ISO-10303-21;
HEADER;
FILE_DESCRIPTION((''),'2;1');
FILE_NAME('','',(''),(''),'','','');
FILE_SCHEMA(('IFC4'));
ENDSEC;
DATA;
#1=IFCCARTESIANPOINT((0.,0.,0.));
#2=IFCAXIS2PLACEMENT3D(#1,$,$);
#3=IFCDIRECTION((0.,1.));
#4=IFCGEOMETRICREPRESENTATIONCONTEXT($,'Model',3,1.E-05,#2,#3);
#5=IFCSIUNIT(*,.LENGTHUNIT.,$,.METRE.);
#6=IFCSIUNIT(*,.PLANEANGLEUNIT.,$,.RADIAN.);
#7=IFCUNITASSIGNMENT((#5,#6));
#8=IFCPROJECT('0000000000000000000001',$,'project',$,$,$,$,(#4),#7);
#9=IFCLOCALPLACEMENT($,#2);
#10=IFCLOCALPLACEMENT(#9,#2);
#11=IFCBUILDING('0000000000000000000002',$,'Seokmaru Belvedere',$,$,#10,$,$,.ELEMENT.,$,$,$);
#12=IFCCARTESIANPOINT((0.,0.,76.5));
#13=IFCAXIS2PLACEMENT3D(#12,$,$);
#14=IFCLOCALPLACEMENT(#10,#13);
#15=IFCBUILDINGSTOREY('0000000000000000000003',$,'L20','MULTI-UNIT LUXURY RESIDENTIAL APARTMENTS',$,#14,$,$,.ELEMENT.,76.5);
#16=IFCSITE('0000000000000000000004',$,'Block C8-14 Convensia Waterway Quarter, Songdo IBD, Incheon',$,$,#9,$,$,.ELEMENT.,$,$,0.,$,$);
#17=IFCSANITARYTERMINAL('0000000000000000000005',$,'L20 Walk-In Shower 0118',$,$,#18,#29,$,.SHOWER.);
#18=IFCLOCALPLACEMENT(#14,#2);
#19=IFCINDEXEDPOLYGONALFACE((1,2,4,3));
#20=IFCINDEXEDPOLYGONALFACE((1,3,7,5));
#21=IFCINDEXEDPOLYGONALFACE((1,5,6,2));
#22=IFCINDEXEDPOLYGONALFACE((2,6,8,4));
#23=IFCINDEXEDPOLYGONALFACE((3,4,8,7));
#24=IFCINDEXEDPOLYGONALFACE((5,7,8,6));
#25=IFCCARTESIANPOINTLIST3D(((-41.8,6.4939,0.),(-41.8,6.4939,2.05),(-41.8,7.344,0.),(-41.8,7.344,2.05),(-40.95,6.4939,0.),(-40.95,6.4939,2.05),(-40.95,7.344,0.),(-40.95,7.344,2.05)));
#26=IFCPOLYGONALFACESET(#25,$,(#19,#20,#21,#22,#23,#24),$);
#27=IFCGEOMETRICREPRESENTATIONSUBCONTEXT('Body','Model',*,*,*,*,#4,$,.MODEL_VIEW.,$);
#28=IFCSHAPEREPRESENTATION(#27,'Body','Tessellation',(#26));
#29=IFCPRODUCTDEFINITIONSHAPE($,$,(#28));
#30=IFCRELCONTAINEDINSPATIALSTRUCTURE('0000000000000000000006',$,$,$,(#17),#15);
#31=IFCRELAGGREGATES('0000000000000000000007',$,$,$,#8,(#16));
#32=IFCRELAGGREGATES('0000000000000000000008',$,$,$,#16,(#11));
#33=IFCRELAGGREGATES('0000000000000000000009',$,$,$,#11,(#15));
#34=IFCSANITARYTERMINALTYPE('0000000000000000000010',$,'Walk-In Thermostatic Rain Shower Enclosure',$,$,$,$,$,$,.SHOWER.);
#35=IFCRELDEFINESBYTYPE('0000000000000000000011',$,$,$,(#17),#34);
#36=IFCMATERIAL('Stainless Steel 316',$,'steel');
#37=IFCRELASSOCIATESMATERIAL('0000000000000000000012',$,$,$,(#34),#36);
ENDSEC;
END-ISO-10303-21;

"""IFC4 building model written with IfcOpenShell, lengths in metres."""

from ifc_helpers import new_model, si_unit, direction, frame, origin, origin_2d, place, context, subcontext, project, spatial, rectangle, extrude, source, transform, mapped, material, type_object, type_shapes, element, save


model = new_model("IFC4")

# Units and contexts
model_context = context("Model", 3, precision=1e-05, world=origin(), true_north=direction((0.0, 1.0)))
body_context = subcontext(model_context, "Body", "Model", "MODEL_VIEW")
ifc_project = project(units=[si_unit("LENGTHUNIT", "METRE"), si_unit("PLANEANGLEUNIT", "RADIAN")], contexts=[model_context])

# Site, building, storey
site_placement = place(None, origin())
site = spatial("IfcSite", under=ifc_project, at=site_placement, Name="Block C8-14 Convensia Waterway Quarter, Songdo IBD, Incheon", CompositionType="ELEMENT", RefElevation=0.0)
building_placement = place(site_placement, origin())
building = spatial("IfcBuilding", under=site, at=building_placement, Name="Seokmaru Belvedere", CompositionType="ELEMENT")
storey_placement = place(building_placement, frame((0.0, 0.0, 76.5)))
storey = spatial("IfcBuildingStorey", under=building, at=storey_placement, Name="L20", Description="MULTI-UNIT LUXURY RESIDENTIAL APARTMENTS", CompositionType="ELEMENT", Elevation=76.5)

# Sanitary terminal
ifc_material_1 = material(Name="Stainless Steel 316", Category="steel")
sanitary_terminal_type_1 = type_object("IfcSanitaryTerminalType", Name="Walk-In Thermostatic Rain Shower Enclosure", PredefinedType="SHOWER", material=ifc_material_1)
shared_shape_1 = source(origin(), body_context, "Body", "SweptSolid", [
    extrude(rectangle(XDim=0.8501, YDim=0.8501, at=origin_2d()), origin(), (0.0, 0.0, 1.0), 2.05),
])
type_shapes(sanitary_terminal_type_1, [shared_shape_1])
sanitary_terminal_1_placement = place(storey_placement, frame((-41.375, 6.9189, 0.0), z_axis=(0.0, 0.0, 1.0), x_axis=(1.0, 0.0, 0.0)))
element("IfcSanitaryTerminal", 1, at=sanitary_terminal_1_placement, inside=storey, type_object=sanitary_terminal_type_1, Name="L20 Walk-In Shower 0118", PredefinedType="SHOWER", context=body_context, shape_type="MappedRepresentation", body=[
    mapped(shared_shape_1, transform((0.0, 0.0, 0.0), scale=1.0)),
])

save(model, "model.ifc")
